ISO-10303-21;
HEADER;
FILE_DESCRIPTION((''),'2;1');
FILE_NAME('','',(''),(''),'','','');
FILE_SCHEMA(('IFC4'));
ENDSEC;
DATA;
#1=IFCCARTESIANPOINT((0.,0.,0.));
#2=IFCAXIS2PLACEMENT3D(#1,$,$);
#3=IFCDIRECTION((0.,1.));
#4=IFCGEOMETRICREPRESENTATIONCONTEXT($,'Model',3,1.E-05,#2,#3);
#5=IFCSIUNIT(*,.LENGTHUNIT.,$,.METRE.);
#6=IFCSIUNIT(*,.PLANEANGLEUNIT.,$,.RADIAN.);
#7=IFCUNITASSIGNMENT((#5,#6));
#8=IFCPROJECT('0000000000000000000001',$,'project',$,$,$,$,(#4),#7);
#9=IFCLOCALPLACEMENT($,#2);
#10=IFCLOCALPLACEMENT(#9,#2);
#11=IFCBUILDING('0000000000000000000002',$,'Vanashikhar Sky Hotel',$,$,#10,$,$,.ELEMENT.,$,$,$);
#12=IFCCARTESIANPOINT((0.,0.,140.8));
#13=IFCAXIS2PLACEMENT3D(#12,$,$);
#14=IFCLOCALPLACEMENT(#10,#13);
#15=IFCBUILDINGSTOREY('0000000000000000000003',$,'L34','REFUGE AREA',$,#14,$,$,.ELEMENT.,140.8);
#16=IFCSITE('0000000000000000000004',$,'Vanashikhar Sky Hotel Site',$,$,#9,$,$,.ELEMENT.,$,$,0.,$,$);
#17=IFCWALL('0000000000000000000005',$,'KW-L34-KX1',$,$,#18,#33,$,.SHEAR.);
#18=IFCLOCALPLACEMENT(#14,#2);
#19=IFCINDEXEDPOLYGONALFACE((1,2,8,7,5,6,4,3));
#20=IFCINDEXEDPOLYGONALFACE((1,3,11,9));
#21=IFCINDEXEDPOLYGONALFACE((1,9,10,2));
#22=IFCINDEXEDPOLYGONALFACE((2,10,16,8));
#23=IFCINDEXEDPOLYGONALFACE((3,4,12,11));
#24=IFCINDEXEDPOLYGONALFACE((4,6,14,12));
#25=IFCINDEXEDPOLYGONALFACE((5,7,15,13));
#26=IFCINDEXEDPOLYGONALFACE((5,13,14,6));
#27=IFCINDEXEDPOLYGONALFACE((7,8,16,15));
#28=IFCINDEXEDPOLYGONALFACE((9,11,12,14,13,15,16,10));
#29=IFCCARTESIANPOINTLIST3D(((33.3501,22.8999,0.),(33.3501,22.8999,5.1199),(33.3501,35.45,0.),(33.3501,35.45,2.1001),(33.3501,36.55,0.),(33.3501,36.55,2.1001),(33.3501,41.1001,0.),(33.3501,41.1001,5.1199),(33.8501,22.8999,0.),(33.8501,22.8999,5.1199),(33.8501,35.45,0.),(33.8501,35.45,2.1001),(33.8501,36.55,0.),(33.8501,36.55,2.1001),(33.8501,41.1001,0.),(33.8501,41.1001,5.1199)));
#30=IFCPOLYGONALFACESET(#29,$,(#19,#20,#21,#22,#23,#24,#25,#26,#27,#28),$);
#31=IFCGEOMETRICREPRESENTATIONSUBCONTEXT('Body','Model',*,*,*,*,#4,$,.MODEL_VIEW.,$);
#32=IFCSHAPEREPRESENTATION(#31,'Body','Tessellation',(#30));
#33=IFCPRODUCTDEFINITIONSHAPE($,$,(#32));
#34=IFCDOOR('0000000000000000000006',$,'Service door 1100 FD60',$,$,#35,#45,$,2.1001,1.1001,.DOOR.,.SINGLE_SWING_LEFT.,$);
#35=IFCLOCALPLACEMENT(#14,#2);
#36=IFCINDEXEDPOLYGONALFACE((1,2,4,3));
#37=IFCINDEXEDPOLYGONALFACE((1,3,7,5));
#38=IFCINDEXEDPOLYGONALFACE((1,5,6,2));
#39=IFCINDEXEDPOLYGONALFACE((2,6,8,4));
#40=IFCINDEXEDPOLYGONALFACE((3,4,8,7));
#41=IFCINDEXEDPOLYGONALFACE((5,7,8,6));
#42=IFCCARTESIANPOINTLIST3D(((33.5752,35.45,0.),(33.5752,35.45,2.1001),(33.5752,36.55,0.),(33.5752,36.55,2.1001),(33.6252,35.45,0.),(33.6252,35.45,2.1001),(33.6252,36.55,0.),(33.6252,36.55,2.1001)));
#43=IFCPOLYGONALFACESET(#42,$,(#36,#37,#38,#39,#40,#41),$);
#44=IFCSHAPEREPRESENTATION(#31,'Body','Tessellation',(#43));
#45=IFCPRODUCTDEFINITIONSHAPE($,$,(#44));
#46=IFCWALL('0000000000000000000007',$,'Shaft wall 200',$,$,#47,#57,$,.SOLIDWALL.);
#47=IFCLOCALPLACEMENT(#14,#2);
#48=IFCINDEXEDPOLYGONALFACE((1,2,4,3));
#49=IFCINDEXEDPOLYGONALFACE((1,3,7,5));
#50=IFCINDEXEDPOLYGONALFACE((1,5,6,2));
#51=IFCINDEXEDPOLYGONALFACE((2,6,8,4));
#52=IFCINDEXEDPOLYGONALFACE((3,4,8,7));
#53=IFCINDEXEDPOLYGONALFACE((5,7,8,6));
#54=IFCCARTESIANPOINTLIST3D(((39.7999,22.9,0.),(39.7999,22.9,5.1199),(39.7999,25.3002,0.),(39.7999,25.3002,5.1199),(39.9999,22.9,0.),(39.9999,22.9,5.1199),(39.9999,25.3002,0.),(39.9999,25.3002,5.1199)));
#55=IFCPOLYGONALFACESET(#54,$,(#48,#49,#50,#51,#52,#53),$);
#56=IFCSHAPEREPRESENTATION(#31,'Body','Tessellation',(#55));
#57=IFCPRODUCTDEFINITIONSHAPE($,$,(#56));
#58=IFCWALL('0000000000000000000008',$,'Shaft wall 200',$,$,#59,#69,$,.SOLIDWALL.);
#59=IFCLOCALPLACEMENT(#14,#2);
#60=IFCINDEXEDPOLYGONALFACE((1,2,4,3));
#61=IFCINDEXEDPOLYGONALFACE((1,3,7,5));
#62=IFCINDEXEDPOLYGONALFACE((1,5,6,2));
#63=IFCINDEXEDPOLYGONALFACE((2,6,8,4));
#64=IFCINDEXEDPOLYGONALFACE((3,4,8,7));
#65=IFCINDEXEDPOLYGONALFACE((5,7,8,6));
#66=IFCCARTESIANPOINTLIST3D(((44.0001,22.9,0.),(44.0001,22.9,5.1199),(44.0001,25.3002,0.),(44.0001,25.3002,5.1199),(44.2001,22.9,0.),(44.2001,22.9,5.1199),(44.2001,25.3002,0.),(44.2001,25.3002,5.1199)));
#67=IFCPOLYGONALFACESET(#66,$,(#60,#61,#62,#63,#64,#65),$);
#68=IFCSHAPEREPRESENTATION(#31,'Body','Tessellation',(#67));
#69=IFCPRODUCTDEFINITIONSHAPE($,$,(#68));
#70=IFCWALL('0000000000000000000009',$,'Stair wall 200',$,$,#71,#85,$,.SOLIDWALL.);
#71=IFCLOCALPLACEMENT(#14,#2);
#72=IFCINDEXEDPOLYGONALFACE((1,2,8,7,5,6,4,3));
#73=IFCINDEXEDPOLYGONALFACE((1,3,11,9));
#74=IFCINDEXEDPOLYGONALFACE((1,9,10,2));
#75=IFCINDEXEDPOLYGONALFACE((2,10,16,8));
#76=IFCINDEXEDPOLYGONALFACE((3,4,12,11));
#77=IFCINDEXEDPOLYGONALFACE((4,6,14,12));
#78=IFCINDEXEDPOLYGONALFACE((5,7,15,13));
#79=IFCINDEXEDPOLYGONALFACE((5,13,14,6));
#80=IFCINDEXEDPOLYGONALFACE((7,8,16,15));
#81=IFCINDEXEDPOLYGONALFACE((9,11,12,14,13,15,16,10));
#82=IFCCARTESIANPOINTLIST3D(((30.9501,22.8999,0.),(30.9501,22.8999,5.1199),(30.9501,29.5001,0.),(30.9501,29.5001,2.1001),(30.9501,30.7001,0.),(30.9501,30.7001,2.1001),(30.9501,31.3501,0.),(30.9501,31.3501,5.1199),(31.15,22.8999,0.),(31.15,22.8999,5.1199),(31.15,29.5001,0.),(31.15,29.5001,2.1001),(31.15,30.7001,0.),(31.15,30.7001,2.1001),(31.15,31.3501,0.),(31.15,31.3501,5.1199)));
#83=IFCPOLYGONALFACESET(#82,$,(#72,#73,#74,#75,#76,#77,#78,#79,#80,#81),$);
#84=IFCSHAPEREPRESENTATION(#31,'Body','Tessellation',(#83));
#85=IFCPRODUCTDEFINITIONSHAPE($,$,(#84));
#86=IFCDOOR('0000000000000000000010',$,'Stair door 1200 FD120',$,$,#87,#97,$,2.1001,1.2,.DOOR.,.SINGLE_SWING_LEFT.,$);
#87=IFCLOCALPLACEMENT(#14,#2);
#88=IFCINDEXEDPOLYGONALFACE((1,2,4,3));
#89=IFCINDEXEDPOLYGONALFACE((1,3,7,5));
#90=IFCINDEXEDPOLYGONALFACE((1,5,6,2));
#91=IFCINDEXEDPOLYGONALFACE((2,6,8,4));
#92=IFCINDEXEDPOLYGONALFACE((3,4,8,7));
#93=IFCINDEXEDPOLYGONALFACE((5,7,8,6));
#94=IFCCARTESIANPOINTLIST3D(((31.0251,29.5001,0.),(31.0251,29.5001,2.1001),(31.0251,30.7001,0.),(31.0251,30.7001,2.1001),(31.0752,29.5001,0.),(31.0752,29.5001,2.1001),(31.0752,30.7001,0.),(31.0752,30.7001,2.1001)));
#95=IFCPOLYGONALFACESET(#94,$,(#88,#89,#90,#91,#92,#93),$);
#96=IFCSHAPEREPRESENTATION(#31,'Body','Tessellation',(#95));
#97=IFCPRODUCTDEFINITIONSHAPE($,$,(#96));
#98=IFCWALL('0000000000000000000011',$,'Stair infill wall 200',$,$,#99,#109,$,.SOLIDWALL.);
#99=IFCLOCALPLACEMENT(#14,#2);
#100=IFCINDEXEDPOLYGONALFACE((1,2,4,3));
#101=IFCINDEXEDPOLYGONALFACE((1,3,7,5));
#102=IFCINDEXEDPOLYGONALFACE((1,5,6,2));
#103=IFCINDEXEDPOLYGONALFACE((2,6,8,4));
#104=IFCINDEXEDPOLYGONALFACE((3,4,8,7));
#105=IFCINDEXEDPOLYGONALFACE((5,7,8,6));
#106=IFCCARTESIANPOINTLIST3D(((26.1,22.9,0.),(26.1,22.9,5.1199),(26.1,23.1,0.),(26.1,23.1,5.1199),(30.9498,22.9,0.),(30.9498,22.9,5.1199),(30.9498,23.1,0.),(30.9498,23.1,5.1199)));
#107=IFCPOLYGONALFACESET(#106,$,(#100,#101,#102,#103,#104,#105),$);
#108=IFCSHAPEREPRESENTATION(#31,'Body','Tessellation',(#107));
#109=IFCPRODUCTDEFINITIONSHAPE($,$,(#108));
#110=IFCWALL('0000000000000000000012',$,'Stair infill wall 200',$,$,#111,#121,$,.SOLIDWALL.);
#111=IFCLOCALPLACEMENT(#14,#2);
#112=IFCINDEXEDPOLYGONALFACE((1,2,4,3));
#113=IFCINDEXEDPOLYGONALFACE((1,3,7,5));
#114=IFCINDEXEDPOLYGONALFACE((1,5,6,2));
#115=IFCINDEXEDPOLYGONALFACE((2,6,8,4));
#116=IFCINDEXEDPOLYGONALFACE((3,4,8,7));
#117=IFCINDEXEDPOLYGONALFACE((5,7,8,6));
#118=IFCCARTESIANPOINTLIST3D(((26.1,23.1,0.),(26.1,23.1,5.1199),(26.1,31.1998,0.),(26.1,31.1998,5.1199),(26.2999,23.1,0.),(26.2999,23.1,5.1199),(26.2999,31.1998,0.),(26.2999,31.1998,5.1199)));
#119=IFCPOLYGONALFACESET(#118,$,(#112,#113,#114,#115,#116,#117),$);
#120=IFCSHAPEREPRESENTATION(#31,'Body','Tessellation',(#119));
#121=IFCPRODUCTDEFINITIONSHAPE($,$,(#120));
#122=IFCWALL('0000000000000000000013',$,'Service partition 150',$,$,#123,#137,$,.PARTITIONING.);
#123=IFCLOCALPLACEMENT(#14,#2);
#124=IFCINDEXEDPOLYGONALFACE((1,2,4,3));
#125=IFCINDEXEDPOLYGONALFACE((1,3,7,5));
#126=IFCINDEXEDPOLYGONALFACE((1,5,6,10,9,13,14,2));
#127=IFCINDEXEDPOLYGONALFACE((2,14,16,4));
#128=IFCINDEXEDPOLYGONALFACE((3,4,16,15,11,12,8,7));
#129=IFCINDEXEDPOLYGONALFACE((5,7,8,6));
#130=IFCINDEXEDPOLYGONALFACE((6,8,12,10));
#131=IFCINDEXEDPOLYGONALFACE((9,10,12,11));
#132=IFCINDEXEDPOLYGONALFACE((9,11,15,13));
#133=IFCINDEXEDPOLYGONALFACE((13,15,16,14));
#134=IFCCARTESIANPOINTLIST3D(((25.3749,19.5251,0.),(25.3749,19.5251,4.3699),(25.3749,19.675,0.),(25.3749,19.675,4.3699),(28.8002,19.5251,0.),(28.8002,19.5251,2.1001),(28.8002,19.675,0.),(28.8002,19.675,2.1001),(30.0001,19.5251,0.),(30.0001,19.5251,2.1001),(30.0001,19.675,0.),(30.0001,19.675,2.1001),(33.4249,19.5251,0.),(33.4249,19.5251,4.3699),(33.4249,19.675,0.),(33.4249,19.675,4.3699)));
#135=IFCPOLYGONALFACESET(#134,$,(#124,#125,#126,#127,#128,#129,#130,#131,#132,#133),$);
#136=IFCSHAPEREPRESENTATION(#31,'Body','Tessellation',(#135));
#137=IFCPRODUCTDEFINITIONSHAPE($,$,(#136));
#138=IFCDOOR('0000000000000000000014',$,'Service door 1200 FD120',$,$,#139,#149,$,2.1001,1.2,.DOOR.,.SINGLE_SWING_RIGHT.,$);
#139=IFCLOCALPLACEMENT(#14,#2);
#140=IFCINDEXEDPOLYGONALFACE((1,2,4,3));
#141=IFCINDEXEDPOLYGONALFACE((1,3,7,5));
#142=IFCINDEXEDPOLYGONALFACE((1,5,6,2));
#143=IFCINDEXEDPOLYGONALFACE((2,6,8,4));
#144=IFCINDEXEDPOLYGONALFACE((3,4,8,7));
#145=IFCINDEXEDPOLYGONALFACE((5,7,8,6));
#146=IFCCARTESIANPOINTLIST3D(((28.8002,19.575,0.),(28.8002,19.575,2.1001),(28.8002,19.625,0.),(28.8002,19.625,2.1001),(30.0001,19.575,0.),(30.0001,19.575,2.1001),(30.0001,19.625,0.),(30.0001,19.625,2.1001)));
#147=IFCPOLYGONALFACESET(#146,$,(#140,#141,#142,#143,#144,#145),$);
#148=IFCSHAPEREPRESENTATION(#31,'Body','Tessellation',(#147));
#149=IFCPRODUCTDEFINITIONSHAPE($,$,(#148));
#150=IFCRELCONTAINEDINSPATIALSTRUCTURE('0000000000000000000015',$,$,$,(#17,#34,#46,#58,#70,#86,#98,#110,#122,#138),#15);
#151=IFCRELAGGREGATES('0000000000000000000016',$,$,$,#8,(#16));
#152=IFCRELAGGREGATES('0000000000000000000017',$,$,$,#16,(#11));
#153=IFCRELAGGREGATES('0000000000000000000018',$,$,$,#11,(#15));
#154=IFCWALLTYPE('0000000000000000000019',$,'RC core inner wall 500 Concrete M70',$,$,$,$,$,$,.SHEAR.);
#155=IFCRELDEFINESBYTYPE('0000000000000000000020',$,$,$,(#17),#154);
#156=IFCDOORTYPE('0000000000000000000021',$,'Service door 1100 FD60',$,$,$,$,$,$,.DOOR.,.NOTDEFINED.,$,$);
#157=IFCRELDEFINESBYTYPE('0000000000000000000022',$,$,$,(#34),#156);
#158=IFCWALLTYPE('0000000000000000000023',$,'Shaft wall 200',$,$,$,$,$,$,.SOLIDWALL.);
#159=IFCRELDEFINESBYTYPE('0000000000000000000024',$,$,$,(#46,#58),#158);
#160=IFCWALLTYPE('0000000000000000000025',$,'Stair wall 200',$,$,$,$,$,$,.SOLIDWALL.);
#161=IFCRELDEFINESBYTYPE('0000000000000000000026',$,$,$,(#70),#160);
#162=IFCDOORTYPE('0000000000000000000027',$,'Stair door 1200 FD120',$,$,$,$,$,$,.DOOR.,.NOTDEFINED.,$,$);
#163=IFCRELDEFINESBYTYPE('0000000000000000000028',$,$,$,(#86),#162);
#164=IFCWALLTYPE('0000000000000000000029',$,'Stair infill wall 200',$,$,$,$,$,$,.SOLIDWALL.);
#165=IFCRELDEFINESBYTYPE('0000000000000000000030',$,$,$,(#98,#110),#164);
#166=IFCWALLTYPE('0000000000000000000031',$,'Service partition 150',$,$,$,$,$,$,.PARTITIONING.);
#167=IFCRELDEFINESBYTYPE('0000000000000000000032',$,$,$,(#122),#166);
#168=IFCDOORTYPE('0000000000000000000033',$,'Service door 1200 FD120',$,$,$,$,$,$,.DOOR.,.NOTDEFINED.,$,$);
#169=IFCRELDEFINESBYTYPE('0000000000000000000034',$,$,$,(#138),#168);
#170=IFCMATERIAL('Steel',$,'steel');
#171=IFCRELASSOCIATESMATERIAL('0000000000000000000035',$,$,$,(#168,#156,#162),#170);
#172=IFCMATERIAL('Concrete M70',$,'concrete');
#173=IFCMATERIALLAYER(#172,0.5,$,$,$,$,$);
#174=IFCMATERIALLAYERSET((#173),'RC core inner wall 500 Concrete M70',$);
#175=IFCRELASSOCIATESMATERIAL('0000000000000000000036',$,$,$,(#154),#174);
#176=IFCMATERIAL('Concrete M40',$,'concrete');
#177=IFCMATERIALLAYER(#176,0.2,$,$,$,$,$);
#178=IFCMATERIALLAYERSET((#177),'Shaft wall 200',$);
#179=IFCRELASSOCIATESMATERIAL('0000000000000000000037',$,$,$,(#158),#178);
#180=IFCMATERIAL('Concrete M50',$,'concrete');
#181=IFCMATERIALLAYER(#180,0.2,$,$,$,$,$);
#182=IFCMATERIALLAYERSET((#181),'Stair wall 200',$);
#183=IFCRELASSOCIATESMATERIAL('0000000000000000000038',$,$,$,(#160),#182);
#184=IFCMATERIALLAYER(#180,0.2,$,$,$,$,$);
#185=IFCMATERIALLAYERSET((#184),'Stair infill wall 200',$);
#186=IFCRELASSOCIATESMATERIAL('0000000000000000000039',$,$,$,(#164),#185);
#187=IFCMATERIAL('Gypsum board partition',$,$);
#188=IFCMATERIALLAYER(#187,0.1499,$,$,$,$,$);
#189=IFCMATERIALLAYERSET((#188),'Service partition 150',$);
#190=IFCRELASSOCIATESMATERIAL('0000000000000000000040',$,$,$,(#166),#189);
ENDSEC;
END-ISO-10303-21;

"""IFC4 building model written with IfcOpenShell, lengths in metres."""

from ifc_helpers import new_model, si_unit, direction, frame, frame_2d, origin, place, context, subcontext, project, spatial, rectangle, extrude, source, transform, mapped, material, layer, layer_set, type_object, element, fill, save


model = new_model("IFC4")

# Units and contexts
model_context = context("Model", 3, precision=1e-05, world=origin(), true_north=direction((0.0, 1.0)))
body_context = subcontext(model_context, "Body", "Model", "MODEL_VIEW")
ifc_project = project(units=[si_unit("LENGTHUNIT", "METRE"), si_unit("PLANEANGLEUNIT", "RADIAN")], contexts=[model_context])

# Site, building, storey
site_placement = place(None, origin())
site = spatial("IfcSite", under=ifc_project, at=site_placement, Name="Vanashikhar Sky Hotel Site", CompositionType="ELEMENT", RefElevation=0.0)
building_placement = place(site_placement, origin())
building = spatial("IfcBuilding", under=site, at=building_placement, Name="Vanashikhar Sky Hotel", CompositionType="ELEMENT")
storey_placement = place(building_placement, frame((0.0, 0.0, 140.8)))
storey = spatial("IfcBuildingStorey", under=building, at=storey_placement, Name="L34", Description="REFUGE AREA", CompositionType="ELEMENT", Elevation=140.8)

# Shared definitions
ifc_material_1 = material(Name="Concrete M50", Category="concrete")

# Shared definitions
ifc_material_2 = material(Name="Concrete M70", Category="concrete")
ifc_material_3 = material(Name="Steel", Category="steel")

# Wall, opening, door
door_type_1 = type_object("IfcDoorType", Name="Service door 1200 FD120", OperationType="NOTDEFINED", PredefinedType="DOOR", material=ifc_material_3)
shared_shape_1 = source(origin(), body_context, "Body", "SweptSolid", [
    extrude(rectangle(XDim=1.2, YDim=2.1001, at=frame_2d((0.6001, 1.05))), frame((0.0, 0.0249, 0.0), z_axis=(0.0, -1.0, 0.0), x_axis=(1.0, 0.0, 0.0)), (0.0, 0.0, 1.0), 0.05),
])
ifc_layer_1 = layer(ifc_material_2, 0.5)
ifc_layer_set_1 = layer_set([ifc_layer_1], Name="RC core inner wall 500 Concrete M70")
wall_type_1 = type_object("IfcWallType", Name="RC core inner wall 500 Concrete M70", PredefinedType="SHEAR", material=ifc_layer_set_1)
shared_shape_2 = source(origin(), body_context, "Body", "SweptSolid", [
    extrude(rectangle(XDim=18.2002, YDim=0.5, at=frame_2d((9.1001, 0.0))), origin(), (0.0, 0.0, 1.0), 5.1199),
])
wall_1_placement = place(storey_placement, frame((33.6001, 22.8999, 0.0), z_axis=(0.0, 0.0, 1.0), x_axis=(0.0, 1.0, 0.0)))
wall_1 = element("IfcWall", 1, at=wall_1_placement, inside=storey, type_object=wall_type_1, Name="KW-L34-KX1", PredefinedType="SHEAR", context=body_context, shape_type="MappedRepresentation", body=[
    mapped(shared_shape_2, transform((0.0, 0.0, 0.0), scale=1.0)),
])
shared_shape_3 = source(origin(), body_context, "Body", "SweptSolid", [
    extrude(rectangle(XDim=1.1001, YDim=2.1001, at=frame_2d((0.55, 1.05))), frame((0.0, 0.26, 0.0), z_axis=(0.0, -1.0, 0.0), x_axis=(1.0, 0.0, 0.0)), (0.0, 0.0, 1.0), 0.52),
])
opening_1_placement = place(wall_1_placement, frame((12.55, 0.0, 0.0)))
opening_1 = element("IfcOpeningElement", 2, at=opening_1_placement, cuts=wall_1, PredefinedType="OPENING", context=body_context, shape_type="MappedRepresentation", body=[
    mapped(shared_shape_3, transform((0.0, 0.0, 0.0), scale=1.0)),
])
door_type_2 = type_object("IfcDoorType", Name="Service door 1100 FD60", OperationType="NOTDEFINED", PredefinedType="DOOR", material=ifc_material_3)
shared_shape_4 = source(origin(), body_context, "Body", "SweptSolid", [
    extrude(rectangle(XDim=1.1001, YDim=2.1001, at=frame_2d((0.55, 1.05))), frame((0.0, 0.0249, 0.0), z_axis=(0.0, -1.0, 0.0), x_axis=(1.0, 0.0, 0.0)), (0.0, 0.0, 1.0), 0.05),
])
door_1_placement = place(opening_1_placement, origin())
door_1 = element("IfcDoor", 3, at=door_1_placement, inside=storey, type_object=door_type_2, Name="Service door 1100 FD60", OperationType="SINGLE_SWING_LEFT", OverallHeight=2.1001, OverallWidth=1.1001, PredefinedType="DOOR", context=body_context, shape_type="MappedRepresentation", body=[
    mapped(shared_shape_4, transform((0.0, 0.0, 0.0), scale=1.0)),
])
fill(opening_1, door_1)

# Walls
ifc_material_4 = material(Name="Concrete M40", Category="concrete")
ifc_layer_2 = layer(ifc_material_4, 0.2)
ifc_layer_set_2 = layer_set([ifc_layer_2], Name="Shaft wall 200")
wall_type_2 = type_object("IfcWallType", Name="Shaft wall 200", PredefinedType="SOLIDWALL", material=ifc_layer_set_2)
shared_shape_5 = source(origin(), body_context, "Body", "SweptSolid", [
    extrude(rectangle(XDim=2.4001, YDim=0.2, at=frame_2d((1.2002, 0.0))), origin(), (0.0, 0.0, 1.0), 5.1199),
])
for number, where, z_axis, x_axis, name in (
    (4, (39.8999, 22.8999, 0.0), (0.0, 0.0, 1.0), (0.0, 1.0, 0.0), "Shaft wall 200"),
    (5, (44.1001, 22.8999, 0.0), (0.0, 0.0, 1.0), (0.0, 1.0, 0.0), "Shaft wall 200"),
):
    element("IfcWall", number, at=place(storey_placement, frame(where, z_axis=z_axis, x_axis=x_axis)), inside=storey, type_object=wall_type_2, Name=name, PredefinedType="SOLIDWALL", context=body_context, shape_type="MappedRepresentation", body=[
        mapped(shared_shape_5, transform((0.0, 0.0, 0.0), scale=1.0)),
    ])

# Wall, opening, door
ifc_layer_3 = layer(ifc_material_1, 0.2)
ifc_layer_set_3 = layer_set([ifc_layer_3], Name="Stair wall 200")
wall_type_3 = type_object("IfcWallType", Name="Stair wall 200", PredefinedType="SOLIDWALL", material=ifc_layer_set_3)
shared_shape_6 = source(origin(), body_context, "Body", "SweptSolid", [
    extrude(rectangle(XDim=8.4502, YDim=0.2, at=frame_2d((4.2251, 0.0))), origin(), (0.0, 0.0, 1.0), 5.1199),
])
wall_2_placement = place(storey_placement, frame((31.05, 22.8999, 0.0), z_axis=(0.0, 0.0, 1.0), x_axis=(0.0, 1.0, 0.0)))
wall_2 = element("IfcWall", 6, at=wall_2_placement, inside=storey, type_object=wall_type_3, Name="Stair wall 200", PredefinedType="SOLIDWALL", context=body_context, shape_type="MappedRepresentation", body=[
    mapped(shared_shape_6, transform((0.0, 0.0, 0.0), scale=1.0)),
])
shared_shape_7 = source(origin(), body_context, "Body", "SweptSolid", [
    extrude(rectangle(XDim=1.2, YDim=2.1001, at=frame_2d((0.6001, 1.05))), frame((0.0, 0.1099, 0.0), z_axis=(0.0, -1.0, 0.0), x_axis=(1.0, 0.0, 0.0)), (0.0, 0.0, 1.0), 0.22),
])
opening_2_placement = place(wall_2_placement, frame((6.6001, 0.0, 0.0)))
opening_2 = element("IfcOpeningElement", 7, at=opening_2_placement, cuts=wall_2, PredefinedType="OPENING", context=body_context, shape_type="MappedRepresentation", body=[
    mapped(shared_shape_7, transform((0.0, 0.0, 0.0), scale=1.0)),
])
door_type_3 = type_object("IfcDoorType", Name="Stair door 1200 FD120", OperationType="NOTDEFINED", PredefinedType="DOOR", material=ifc_material_3)
door_2_placement = place(opening_2_placement, origin())
door_2 = element("IfcDoor", 8, at=door_2_placement, inside=storey, type_object=door_type_3, Name="Stair door 1200 FD120", OperationType="SINGLE_SWING_LEFT", OverallHeight=2.1001, OverallWidth=1.2, PredefinedType="DOOR", context=body_context, shape_type="MappedRepresentation", body=[
    mapped(shared_shape_1, transform((0.0, 0.0, 0.0), scale=1.0)),
])
fill(opening_2, door_2)

# Walls
ifc_layer_4 = layer(ifc_material_1, 0.2)
ifc_layer_set_4 = layer_set([ifc_layer_4], Name="Stair infill wall 200")
wall_type_4 = type_object("IfcWallType", Name="Stair infill wall 200", PredefinedType="SOLIDWALL", material=ifc_layer_set_4)
shared_shape_8 = source(origin(), body_context, "Body", "SweptSolid", [
    extrude(rectangle(XDim=4.8499, YDim=0.2, at=frame_2d((2.4248, 0.0))), origin(), (0.0, 0.0, 1.0), 5.1199),
])
wall_3_placement = place(storey_placement, frame((26.1001, 23.0, 0.0), z_axis=(0.0, 0.0, 1.0), x_axis=(1.0, 0.0, 0.0)))
element("IfcWall", 9, at=wall_3_placement, inside=storey, type_object=wall_type_4, Name="Stair infill wall 200", PredefinedType="SOLIDWALL", context=body_context, shape_type="MappedRepresentation", body=[
    mapped(shared_shape_8, transform((0.0, 0.0, 0.0), scale=1.0)),
])
shared_shape_9 = source(origin(), body_context, "Body", "SweptSolid", [
    extrude(rectangle(XDim=8.0999, YDim=0.2, at=frame_2d((4.0498, 0.0))), origin(), (0.0, 0.0, 1.0), 5.1199),
])
wall_4_placement = place(storey_placement, frame((26.2, 23.1001, 0.0), z_axis=(0.0, 0.0, 1.0), x_axis=(0.0, 1.0, 0.0)))
element("IfcWall", 10, at=wall_4_placement, inside=storey, type_object=wall_type_4, Name="Stair infill wall 200", PredefinedType="SOLIDWALL", context=body_context, shape_type="MappedRepresentation", body=[
    mapped(shared_shape_9, transform((0.0, 0.0, 0.0), scale=1.0)),
])

# Wall, opening, door
ifc_material_5 = material(Name="Gypsum board partition")
ifc_layer_5 = layer(ifc_material_5, 0.1499)
ifc_layer_set_5 = layer_set([ifc_layer_5], Name="Service partition 150")
wall_type_5 = type_object("IfcWallType", Name="Service partition 150", PredefinedType="PARTITIONING", material=ifc_layer_set_5)
shared_shape_10 = source(origin(), body_context, "Body", "SweptSolid", [
    extrude(rectangle(XDim=8.05, YDim=0.1499, at=frame_2d((4.0249, 0.0))), origin(), (0.0, 0.0, 1.0), 4.3699),
])
wall_5_placement = place(storey_placement, frame((25.375, 19.6001, 0.0), z_axis=(0.0, 0.0, 1.0), x_axis=(1.0, 0.0, 0.0)))
wall_5 = element("IfcWall", 11, at=wall_5_placement, inside=storey, type_object=wall_type_5, Name="Service partition 150", PredefinedType="PARTITIONING", context=body_context, shape_type="MappedRepresentation", body=[
    mapped(shared_shape_10, transform((0.0, 0.0, 0.0), scale=1.0)),
])
shared_shape_11 = source(origin(), body_context, "Body", "SweptSolid", [
    extrude(rectangle(XDim=1.2, YDim=2.1001, at=frame_2d((0.6001, 1.05))), frame((0.0, 0.085, 0.0), z_axis=(0.0, -1.0, 0.0), x_axis=(1.0, 0.0, 0.0)), (0.0, 0.0, 1.0), 0.1699),
])
opening_3_placement = place(wall_5_placement, frame((3.425, 0.0, 0.0)))
opening_3 = element("IfcOpeningElement", 12, at=opening_3_placement, cuts=wall_5, PredefinedType="OPENING", context=body_context, shape_type="MappedRepresentation", body=[
    mapped(shared_shape_11, transform((0.0, 0.0, 0.0), scale=1.0)),
])
door_3_placement = place(opening_3_placement, origin())
door_3 = element("IfcDoor", 13, at=door_3_placement, inside=storey, type_object=door_type_1, Name="Service door 1200 FD120", OperationType="SINGLE_SWING_RIGHT", OverallHeight=2.1001, OverallWidth=1.2, PredefinedType="DOOR", context=body_context, shape_type="MappedRepresentation", body=[
    mapped(shared_shape_1, transform((0.0, 0.0, 0.0), scale=1.0)),
])
fill(opening_3, door_3)

save(model, "model.ifc")
